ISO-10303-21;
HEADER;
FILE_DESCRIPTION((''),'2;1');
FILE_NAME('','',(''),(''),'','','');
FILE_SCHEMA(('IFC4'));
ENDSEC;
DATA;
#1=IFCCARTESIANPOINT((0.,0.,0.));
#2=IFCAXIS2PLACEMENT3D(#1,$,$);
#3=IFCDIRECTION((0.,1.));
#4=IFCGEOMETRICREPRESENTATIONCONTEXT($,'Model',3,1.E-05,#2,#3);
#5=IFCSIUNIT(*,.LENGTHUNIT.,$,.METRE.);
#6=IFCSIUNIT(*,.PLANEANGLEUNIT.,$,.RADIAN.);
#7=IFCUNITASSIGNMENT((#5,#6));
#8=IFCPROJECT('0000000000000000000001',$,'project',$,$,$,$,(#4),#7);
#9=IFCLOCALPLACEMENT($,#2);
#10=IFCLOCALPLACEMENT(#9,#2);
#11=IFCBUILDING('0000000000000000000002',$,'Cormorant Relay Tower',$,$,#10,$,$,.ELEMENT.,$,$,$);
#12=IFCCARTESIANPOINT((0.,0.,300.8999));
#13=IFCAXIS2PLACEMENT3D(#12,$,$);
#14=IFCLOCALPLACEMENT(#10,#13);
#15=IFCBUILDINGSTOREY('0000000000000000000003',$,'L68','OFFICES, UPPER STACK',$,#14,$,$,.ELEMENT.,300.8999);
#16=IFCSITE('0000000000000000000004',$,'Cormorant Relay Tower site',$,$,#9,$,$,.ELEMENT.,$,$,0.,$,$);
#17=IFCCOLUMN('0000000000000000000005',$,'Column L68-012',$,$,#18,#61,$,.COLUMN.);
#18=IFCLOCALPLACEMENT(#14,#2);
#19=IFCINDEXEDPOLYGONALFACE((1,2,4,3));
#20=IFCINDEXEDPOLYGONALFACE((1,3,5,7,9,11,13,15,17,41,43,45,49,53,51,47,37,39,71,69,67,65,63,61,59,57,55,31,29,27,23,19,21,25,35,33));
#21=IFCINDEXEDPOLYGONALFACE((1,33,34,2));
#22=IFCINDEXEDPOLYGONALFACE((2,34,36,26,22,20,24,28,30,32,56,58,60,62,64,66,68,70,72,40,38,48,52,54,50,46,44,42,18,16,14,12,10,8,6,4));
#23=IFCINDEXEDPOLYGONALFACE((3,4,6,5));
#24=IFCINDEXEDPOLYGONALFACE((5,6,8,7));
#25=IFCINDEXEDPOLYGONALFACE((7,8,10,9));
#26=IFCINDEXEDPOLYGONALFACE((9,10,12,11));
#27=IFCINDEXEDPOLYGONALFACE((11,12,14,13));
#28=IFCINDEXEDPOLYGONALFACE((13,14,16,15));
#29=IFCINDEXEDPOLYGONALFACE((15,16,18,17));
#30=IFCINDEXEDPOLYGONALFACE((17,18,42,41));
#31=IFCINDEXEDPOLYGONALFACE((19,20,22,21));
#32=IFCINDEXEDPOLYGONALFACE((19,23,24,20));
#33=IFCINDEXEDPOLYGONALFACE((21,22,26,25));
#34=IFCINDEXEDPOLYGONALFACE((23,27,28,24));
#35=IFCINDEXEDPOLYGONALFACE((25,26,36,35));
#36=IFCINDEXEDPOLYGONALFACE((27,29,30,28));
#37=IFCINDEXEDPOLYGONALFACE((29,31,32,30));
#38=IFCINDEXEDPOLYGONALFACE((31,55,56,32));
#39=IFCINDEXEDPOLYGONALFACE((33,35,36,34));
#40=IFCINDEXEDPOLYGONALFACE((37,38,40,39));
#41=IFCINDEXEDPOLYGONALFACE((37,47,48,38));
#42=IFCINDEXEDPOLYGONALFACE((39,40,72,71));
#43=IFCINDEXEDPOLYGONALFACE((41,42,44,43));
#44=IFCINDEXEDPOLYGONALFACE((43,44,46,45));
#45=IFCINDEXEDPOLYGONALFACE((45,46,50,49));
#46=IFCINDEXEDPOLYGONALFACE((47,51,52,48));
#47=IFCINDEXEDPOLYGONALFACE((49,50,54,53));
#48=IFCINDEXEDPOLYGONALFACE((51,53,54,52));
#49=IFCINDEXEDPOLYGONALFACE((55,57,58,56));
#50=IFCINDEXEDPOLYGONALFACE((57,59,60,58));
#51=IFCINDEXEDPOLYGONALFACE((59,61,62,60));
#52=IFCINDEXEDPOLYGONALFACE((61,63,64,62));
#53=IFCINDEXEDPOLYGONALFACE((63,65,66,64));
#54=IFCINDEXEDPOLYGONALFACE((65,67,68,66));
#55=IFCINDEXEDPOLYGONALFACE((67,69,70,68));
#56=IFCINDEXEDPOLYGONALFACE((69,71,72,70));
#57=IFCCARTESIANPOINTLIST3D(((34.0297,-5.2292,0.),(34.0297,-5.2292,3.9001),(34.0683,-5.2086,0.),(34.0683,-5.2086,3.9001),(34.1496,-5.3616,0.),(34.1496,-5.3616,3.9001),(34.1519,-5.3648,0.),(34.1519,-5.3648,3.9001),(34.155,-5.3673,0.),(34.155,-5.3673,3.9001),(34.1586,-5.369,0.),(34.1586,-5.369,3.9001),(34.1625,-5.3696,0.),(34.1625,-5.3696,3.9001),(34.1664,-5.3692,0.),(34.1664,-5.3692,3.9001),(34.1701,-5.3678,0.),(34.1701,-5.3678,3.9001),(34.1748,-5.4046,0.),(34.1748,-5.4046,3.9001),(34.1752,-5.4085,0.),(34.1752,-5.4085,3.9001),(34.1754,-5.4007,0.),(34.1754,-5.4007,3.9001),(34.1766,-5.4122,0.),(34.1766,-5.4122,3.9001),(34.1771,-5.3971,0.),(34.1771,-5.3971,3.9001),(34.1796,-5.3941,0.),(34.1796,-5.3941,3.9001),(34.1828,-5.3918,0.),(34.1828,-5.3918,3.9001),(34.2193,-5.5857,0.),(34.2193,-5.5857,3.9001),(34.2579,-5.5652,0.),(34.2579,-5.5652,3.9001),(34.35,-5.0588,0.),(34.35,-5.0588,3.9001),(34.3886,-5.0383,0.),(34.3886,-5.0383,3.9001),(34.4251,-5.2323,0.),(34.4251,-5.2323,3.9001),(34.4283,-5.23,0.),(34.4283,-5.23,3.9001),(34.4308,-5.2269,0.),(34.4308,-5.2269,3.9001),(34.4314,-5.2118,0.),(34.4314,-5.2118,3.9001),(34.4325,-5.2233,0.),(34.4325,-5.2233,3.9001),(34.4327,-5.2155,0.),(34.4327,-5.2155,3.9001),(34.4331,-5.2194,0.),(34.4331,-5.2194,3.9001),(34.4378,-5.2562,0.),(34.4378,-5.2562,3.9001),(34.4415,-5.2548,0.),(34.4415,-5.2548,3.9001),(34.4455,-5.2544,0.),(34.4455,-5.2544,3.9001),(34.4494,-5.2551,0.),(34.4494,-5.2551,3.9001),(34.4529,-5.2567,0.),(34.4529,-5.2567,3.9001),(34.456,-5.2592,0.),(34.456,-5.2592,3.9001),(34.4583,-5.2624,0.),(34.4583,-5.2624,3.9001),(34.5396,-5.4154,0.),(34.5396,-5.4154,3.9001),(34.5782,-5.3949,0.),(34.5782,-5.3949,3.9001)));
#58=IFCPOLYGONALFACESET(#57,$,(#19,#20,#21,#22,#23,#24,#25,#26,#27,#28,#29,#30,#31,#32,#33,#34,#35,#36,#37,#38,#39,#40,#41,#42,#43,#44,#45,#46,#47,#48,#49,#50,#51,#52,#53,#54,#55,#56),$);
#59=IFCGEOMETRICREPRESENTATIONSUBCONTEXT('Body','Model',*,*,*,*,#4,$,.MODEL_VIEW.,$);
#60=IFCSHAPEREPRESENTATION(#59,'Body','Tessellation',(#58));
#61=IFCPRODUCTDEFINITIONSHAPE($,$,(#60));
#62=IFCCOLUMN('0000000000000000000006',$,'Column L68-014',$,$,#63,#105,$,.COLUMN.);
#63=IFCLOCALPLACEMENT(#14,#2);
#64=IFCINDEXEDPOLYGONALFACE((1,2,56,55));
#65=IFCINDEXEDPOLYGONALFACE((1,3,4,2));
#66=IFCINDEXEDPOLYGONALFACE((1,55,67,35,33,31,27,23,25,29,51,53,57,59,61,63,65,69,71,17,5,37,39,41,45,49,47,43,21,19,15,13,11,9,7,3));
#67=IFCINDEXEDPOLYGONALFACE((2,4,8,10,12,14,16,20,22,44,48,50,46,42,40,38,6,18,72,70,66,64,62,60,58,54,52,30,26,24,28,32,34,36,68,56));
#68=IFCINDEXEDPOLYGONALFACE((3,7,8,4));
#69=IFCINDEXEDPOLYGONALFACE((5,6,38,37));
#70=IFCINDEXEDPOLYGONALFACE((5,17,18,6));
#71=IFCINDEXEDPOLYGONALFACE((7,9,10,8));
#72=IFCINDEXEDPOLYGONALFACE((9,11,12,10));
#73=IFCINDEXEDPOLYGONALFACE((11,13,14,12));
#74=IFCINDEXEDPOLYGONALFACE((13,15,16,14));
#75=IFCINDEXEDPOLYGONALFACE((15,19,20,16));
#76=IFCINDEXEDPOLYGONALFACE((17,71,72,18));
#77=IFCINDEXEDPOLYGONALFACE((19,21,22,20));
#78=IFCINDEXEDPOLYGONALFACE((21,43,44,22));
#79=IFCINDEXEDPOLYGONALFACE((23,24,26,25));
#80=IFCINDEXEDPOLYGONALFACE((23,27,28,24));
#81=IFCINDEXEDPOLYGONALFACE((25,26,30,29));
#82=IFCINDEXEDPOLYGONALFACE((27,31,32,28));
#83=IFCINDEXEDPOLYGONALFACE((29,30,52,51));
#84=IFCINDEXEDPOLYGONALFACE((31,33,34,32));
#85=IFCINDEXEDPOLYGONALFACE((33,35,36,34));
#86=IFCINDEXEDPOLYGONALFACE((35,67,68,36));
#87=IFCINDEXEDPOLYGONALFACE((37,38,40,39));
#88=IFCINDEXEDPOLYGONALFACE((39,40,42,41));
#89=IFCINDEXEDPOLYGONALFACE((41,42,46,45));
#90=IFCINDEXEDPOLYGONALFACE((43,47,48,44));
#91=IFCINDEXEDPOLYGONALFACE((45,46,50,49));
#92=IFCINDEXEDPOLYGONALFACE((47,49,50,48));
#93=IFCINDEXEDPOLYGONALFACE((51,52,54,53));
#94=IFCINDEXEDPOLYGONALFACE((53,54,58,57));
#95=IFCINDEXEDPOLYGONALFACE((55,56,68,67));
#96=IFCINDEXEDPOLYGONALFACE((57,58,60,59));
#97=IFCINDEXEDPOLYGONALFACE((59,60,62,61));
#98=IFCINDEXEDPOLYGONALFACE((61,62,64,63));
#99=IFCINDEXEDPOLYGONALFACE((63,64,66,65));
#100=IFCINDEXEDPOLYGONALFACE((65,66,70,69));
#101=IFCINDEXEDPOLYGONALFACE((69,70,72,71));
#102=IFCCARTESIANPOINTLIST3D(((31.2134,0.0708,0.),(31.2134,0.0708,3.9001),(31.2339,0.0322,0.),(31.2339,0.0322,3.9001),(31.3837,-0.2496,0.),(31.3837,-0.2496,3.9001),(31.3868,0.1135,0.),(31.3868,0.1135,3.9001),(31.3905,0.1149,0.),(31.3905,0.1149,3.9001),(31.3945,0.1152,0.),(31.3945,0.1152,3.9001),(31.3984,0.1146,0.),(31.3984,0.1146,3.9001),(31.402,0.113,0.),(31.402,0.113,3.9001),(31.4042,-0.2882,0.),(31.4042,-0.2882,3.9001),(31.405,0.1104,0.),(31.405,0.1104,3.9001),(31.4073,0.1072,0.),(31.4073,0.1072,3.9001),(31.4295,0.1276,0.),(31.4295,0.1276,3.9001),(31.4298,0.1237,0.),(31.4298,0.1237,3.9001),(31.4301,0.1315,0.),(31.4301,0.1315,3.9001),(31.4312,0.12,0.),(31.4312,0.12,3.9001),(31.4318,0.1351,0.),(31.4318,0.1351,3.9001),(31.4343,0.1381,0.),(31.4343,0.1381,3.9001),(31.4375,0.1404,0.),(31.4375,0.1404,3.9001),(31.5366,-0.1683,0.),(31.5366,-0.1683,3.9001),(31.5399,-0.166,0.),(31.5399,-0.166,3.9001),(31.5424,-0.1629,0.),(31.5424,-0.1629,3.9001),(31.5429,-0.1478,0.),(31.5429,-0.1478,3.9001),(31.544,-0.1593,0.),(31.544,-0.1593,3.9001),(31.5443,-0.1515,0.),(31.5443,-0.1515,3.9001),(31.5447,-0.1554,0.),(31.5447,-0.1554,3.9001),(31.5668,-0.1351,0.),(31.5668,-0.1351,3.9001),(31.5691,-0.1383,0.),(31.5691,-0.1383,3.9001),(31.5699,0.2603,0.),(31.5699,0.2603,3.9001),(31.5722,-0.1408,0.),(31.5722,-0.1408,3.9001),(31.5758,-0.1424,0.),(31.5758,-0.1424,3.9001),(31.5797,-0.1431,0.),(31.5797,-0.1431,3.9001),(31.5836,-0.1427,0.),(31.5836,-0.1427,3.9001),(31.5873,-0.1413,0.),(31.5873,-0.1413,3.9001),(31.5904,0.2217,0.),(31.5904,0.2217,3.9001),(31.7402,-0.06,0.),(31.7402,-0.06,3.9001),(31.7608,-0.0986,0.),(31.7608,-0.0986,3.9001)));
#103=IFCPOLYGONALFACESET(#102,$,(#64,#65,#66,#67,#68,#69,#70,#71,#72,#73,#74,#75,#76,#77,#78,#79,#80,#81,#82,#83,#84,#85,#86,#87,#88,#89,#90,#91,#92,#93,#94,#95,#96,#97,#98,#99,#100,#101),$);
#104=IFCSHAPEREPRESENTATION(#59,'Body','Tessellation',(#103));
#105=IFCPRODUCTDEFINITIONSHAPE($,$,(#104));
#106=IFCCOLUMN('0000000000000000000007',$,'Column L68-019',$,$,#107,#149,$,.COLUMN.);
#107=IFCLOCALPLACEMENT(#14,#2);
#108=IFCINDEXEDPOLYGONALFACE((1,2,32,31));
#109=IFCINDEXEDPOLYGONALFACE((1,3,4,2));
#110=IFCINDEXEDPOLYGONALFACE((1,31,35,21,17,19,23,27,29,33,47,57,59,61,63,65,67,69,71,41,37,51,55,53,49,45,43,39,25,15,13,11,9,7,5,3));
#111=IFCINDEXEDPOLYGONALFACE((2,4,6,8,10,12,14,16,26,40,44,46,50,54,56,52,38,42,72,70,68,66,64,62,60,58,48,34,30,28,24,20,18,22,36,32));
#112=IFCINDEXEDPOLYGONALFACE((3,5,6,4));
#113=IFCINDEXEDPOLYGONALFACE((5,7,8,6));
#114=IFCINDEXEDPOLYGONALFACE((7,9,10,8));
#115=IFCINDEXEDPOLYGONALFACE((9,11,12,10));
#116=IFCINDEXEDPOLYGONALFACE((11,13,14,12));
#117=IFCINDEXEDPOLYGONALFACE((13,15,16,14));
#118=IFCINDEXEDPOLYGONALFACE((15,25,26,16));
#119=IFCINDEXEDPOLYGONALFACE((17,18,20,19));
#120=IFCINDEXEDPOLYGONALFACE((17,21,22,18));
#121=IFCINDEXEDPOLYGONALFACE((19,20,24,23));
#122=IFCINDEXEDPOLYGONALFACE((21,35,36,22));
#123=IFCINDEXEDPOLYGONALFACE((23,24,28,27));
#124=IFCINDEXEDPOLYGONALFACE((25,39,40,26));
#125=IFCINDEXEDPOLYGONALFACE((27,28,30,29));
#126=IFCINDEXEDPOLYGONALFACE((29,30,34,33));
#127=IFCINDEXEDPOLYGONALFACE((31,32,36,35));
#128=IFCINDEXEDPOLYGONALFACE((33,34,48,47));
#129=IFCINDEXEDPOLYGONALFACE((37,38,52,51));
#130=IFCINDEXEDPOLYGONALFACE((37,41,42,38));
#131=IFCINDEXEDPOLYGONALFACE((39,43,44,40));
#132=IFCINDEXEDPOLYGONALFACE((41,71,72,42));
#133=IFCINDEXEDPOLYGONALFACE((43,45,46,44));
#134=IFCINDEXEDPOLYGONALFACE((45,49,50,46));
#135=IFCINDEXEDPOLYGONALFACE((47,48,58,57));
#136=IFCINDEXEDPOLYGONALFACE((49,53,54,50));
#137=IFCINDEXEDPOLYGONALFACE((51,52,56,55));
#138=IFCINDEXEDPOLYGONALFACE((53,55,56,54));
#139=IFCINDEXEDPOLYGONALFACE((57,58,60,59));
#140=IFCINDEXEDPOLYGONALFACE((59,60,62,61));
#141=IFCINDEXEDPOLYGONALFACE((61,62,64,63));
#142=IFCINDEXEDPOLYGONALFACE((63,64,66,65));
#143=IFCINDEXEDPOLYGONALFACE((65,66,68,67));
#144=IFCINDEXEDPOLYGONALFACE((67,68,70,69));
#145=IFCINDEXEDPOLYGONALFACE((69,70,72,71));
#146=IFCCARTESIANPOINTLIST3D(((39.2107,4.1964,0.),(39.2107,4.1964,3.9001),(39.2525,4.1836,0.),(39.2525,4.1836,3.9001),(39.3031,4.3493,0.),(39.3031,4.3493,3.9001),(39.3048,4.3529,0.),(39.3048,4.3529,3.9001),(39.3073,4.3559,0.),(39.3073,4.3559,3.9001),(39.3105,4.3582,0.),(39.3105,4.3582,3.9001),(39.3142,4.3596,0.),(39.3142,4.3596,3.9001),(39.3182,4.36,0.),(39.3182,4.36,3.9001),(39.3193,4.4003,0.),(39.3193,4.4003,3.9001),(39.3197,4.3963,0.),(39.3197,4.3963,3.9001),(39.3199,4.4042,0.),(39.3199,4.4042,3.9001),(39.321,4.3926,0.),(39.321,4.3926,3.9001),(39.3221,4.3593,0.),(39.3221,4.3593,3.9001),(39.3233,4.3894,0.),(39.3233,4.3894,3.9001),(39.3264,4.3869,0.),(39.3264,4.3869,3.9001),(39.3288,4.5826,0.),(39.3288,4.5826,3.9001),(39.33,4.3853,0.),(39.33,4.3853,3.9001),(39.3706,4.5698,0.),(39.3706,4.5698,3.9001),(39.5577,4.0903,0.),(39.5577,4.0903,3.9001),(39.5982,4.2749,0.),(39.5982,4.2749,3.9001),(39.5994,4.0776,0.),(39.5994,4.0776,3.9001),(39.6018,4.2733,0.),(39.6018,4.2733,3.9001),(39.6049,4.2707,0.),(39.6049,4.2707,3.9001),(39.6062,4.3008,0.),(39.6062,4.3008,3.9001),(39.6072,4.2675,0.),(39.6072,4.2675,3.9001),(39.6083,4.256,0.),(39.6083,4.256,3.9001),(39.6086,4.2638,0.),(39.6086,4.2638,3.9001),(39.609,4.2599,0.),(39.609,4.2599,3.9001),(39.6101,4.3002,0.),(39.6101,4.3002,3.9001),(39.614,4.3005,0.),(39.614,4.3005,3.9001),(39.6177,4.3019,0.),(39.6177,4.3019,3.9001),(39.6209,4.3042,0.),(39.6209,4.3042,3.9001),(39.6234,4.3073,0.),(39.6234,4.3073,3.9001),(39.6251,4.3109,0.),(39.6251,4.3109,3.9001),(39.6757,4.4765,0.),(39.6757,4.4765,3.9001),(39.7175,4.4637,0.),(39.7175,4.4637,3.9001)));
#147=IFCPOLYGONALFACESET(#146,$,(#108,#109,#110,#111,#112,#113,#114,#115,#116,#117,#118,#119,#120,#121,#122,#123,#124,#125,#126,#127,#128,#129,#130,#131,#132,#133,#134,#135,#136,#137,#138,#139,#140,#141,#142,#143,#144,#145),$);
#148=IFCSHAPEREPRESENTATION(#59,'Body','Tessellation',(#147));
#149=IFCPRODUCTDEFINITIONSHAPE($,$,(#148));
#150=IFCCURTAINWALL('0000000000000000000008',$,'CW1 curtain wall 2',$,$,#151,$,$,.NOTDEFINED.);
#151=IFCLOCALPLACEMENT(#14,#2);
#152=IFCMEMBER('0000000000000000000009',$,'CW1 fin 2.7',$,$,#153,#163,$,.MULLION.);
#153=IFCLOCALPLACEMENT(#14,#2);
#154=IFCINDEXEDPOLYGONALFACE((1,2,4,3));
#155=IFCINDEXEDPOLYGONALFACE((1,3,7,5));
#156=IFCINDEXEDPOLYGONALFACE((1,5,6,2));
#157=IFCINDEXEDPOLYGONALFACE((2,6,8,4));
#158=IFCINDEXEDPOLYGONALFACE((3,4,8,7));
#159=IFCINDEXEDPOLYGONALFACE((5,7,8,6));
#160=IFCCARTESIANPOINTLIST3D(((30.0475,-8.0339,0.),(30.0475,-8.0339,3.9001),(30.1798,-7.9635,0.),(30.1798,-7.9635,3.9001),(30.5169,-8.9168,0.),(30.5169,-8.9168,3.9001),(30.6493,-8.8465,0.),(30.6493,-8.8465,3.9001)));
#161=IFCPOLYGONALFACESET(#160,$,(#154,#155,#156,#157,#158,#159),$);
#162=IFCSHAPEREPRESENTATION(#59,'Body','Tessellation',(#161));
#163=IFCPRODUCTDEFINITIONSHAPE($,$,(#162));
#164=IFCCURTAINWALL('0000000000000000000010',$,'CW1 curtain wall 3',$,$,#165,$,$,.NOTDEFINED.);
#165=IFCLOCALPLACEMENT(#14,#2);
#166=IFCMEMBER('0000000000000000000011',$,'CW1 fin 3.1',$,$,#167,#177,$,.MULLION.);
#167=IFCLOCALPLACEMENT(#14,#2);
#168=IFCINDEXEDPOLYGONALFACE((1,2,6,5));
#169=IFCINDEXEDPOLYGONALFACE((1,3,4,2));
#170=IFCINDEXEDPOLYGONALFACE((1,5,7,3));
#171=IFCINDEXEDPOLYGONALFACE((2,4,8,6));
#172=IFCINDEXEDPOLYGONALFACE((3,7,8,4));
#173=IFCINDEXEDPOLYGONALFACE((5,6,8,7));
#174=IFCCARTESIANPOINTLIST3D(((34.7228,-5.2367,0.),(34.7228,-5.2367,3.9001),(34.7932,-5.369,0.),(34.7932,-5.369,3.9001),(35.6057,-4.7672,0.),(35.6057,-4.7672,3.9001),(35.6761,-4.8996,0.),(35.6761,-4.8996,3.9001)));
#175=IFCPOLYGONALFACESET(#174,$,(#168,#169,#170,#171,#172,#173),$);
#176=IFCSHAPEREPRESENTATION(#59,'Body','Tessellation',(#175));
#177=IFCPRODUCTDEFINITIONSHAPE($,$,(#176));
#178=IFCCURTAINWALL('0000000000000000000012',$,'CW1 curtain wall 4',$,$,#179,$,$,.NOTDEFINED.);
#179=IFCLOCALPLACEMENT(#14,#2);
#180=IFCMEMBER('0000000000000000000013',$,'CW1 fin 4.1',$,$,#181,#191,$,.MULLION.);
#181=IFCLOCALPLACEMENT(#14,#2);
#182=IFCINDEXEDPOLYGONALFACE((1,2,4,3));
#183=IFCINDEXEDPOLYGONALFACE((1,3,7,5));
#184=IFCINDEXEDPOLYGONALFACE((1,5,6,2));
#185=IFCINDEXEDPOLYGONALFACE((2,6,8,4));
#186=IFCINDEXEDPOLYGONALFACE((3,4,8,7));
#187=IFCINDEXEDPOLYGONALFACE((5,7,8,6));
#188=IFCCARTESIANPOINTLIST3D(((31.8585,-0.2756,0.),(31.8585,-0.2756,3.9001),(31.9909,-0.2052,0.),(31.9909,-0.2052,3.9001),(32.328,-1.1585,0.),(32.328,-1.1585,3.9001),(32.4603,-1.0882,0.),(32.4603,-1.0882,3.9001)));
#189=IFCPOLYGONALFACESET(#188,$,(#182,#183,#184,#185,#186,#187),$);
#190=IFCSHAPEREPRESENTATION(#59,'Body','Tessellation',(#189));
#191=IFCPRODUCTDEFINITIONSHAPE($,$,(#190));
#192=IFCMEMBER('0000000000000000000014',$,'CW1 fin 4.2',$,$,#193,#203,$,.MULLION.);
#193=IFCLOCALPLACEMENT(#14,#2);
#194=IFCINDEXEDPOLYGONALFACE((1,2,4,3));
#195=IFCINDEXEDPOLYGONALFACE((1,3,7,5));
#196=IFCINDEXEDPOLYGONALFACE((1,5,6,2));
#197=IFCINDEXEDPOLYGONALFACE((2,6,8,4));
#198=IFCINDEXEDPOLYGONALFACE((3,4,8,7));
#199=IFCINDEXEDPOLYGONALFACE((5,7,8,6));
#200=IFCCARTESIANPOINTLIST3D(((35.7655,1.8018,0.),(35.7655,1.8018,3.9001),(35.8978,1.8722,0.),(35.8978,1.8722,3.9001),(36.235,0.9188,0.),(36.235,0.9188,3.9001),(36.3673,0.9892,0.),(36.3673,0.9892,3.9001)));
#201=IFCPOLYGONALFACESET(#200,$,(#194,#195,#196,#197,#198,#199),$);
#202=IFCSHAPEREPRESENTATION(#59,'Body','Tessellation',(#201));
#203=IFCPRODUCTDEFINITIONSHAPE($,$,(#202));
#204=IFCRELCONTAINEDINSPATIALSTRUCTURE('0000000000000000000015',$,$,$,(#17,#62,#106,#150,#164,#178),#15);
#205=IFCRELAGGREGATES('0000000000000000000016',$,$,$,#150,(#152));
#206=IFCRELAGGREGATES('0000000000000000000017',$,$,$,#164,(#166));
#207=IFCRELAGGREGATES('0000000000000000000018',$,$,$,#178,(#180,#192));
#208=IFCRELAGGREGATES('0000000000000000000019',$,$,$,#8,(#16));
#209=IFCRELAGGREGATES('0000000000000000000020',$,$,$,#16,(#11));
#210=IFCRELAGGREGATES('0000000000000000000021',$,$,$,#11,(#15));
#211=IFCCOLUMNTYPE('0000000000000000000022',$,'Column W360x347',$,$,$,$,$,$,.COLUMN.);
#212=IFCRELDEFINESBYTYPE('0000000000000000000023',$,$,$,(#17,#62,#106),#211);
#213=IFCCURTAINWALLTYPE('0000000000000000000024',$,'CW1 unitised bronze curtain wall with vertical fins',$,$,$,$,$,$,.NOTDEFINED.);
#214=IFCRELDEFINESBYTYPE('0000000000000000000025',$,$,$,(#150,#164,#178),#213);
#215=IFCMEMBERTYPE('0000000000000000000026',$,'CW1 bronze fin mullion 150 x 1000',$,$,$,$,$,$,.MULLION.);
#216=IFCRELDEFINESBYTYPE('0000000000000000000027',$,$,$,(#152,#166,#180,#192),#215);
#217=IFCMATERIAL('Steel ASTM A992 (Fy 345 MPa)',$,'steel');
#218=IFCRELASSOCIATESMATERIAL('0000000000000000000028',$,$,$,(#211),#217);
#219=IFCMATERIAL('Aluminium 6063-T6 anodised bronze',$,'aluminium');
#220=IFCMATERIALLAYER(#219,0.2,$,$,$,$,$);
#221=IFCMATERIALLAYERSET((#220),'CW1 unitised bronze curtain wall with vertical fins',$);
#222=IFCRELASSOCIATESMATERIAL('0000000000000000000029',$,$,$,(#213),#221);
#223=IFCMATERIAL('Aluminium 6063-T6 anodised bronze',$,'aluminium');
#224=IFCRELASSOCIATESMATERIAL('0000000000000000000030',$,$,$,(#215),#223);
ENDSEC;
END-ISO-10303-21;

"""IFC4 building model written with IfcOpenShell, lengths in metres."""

from ifc_helpers import new_model, si_unit, direction, frame, origin, origin_2d, place, context, subcontext, project, spatial, rectangle, i_section, extrude, material, layer, layer_set, material_profile, profile_set, type_object, element, aggregate, save


model = new_model("IFC4")

# Units and contexts
model_context = context("Model", 3, precision=1e-05, world=origin(), true_north=direction((0.0, 1.0)))
body_context = subcontext(model_context, "Body", "Model", "MODEL_VIEW")
ifc_project = project(units=[si_unit("LENGTHUNIT", "METRE"), si_unit("PLANEANGLEUNIT", "RADIAN")], contexts=[model_context])

# Site, building, storey
site_placement = place(None, origin())
site = spatial("IfcSite", under=ifc_project, at=site_placement, Name="Cormorant Relay Tower site", CompositionType="ELEMENT", RefElevation=0.0)
building_placement = place(site_placement, origin())
building = spatial("IfcBuilding", under=site, at=building_placement, Name="Cormorant Relay Tower", CompositionType="ELEMENT")
storey_placement = place(building_placement, frame((0.0, 0.0, 300.8999)))
storey = spatial("IfcBuildingStorey", under=building, at=storey_placement, Name="L68", Description="OFFICES, UPPER STACK", CompositionType="ELEMENT", Elevation=300.8999)

# Columns
ifc_material_1 = material(Name="Steel ASTM A992 (Fy 345 MPa)", Category="steel")
ifc_material_profile_1 = material_profile(ifc_material_1, i_section(OverallWidth=0.4038, OverallDepth=0.4065, WebThickness=0.0271, FlangeThickness=0.0437, FilletRadius=0.0151, at=origin_2d()), Name="W360x347")
ifc_profile_set_1 = profile_set([ifc_material_profile_1], Name="Steel ASTM A992 (Fy 345 MPa)")
column_type = type_object("IfcColumnType", Name="Column W360x347", PredefinedType="COLUMN", material=ifc_profile_set_1)
for number, where, z_axis, x_axis, name in (
    (1, (34.304, -5.312, 0.0), (0.0, 0.0, 1.0), (-0.469472, 0.882948, 0.0), "Column L68-012"),
    (2, (31.4871, -0.0139, 0.0), (0.0, 0.0, 1.0), (0.882948, 0.469472, 0.0), "Column L68-014"),
    (3, (39.4641, 4.3301, 0.0), (0.0, 0.0, 1.0), (0.292372, 0.956305, 0.0), "Column L68-019"),
):
    element("IfcColumn", number, at=place(storey_placement, frame(where, z_axis=z_axis, x_axis=x_axis)), inside=storey, type_object=column_type, Name=name, PredefinedType="COLUMN", context=body_context, shape_type="SweptSolid", body=[
        extrude(i_section(OverallWidth=0.4038, OverallDepth=0.4065, WebThickness=0.0271, FlangeThickness=0.0437, FilletRadius=0.0151, at=origin_2d()), origin(), (0.0, 0.0, 1.0), 3.9001),
    ])

# Curtain walls, members
ifc_material_2 = material(Name="Aluminium 6063-T6 anodised bronze", Category="aluminium")
ifc_layer_1 = layer(ifc_material_2, 0.2)
ifc_layer_set_1 = layer_set([ifc_layer_1], Name="CW1 unitised bronze curtain wall with vertical fins")
curtain_wall_type = type_object("IfcCurtainWallType", Name="CW1 unitised bronze curtain wall with vertical fins", PredefinedType="NOTDEFINED", material=ifc_layer_set_1)
curtain_wall_1_placement = place(storey_placement, origin())
curtain_wall_1 = element("IfcCurtainWall", 4, at=curtain_wall_1_placement, inside=storey, type_object=curtain_wall_type, Name="CW1 curtain wall 2", PredefinedType="NOTDEFINED")
ifc_material_3 = material(Name="Aluminium 6063-T6 anodised bronze", Category="aluminium")
ifc_material_profile_2 = material_profile(ifc_material_3, rectangle(XDim=0.1499, YDim=1.0, at=origin_2d()), Name="AL 150x1000")
ifc_profile_set_2 = profile_set([ifc_material_profile_2], Name="Aluminium 6063-T6 anodised bronze")
member_type_1 = type_object("IfcMemberType", Name="CW1 bronze fin mullion 150 x 1000", PredefinedType="MULLION", material=ifc_profile_set_2)
member_1_placement = place(storey_placement, frame((30.3484, -8.4402, 0.0), z_axis=(0.0, 0.0, 1.0), x_axis=(0.882948, 0.469472, 0.0)))
member_1 = element("IfcMember", 5, at=member_1_placement, type_object=member_type_1, Name="CW1 fin 2.7", PredefinedType="MULLION", context=body_context, shape_type="SweptSolid", body=[
    extrude(rectangle(XDim=0.1499, YDim=1.0, at=origin_2d()), origin(), (0.0, 0.0, 1.0), 3.9001),
])
curtain_wall_2_placement = place(storey_placement, origin())
curtain_wall_2 = element("IfcCurtainWall", 6, at=curtain_wall_2_placement, inside=storey, type_object=curtain_wall_type, Name="CW1 curtain wall 3", PredefinedType="NOTDEFINED")
member_2_placement = place(storey_placement, frame((35.1995, -5.0681, 0.0), z_axis=(0.0, 0.0, 1.0), x_axis=(-0.469472, 0.882948, 0.0)))
member_2 = element("IfcMember", 7, at=member_2_placement, type_object=member_type_1, Name="CW1 fin 3.1", PredefinedType="MULLION", context=body_context, shape_type="SweptSolid", body=[
    extrude(rectangle(XDim=0.1499, YDim=1.0, at=origin_2d()), origin(), (0.0, 0.0, 1.0), 3.9001),
])

# Curtain wall, members
curtain_wall_3_placement = place(storey_placement, origin())
curtain_wall_3 = element("IfcCurtainWall", 8, at=curtain_wall_3_placement, inside=storey, type_object=curtain_wall_type, Name="CW1 curtain wall 4", PredefinedType="NOTDEFINED")
member_3_placement = place(storey_placement, frame((32.1594, -0.6819, 0.0), z_axis=(0.0, 0.0, 1.0), x_axis=(0.882948, 0.469472, 0.0)))
member_3 = element("IfcMember", 9, at=member_3_placement, type_object=member_type_1, Name="CW1 fin 4.1", PredefinedType="MULLION", context=body_context, shape_type="SweptSolid", body=[
    extrude(rectangle(XDim=0.1499, YDim=1.0, at=origin_2d()), origin(), (0.0, 0.0, 1.0), 3.9001),
])
member_4_placement = place(storey_placement, frame((36.0664, 1.3955, 0.0), z_axis=(0.0, 0.0, 1.0), x_axis=(0.882948, 0.469472, 0.0)))
member_4 = element("IfcMember", 10, at=member_4_placement, type_object=member_type_1, Name="CW1 fin 4.2", PredefinedType="MULLION", context=body_context, shape_type="SweptSolid", body=[
    extrude(rectangle(XDim=0.1499, YDim=1.0, at=origin_2d()), origin(), (0.0, 0.0, 1.0), 3.9001),
])

aggregate(curtain_wall_1, [member_1])
aggregate(curtain_wall_2, [member_2])
aggregate(curtain_wall_3, [member_3, member_4])

save(model, "model.ifc")
